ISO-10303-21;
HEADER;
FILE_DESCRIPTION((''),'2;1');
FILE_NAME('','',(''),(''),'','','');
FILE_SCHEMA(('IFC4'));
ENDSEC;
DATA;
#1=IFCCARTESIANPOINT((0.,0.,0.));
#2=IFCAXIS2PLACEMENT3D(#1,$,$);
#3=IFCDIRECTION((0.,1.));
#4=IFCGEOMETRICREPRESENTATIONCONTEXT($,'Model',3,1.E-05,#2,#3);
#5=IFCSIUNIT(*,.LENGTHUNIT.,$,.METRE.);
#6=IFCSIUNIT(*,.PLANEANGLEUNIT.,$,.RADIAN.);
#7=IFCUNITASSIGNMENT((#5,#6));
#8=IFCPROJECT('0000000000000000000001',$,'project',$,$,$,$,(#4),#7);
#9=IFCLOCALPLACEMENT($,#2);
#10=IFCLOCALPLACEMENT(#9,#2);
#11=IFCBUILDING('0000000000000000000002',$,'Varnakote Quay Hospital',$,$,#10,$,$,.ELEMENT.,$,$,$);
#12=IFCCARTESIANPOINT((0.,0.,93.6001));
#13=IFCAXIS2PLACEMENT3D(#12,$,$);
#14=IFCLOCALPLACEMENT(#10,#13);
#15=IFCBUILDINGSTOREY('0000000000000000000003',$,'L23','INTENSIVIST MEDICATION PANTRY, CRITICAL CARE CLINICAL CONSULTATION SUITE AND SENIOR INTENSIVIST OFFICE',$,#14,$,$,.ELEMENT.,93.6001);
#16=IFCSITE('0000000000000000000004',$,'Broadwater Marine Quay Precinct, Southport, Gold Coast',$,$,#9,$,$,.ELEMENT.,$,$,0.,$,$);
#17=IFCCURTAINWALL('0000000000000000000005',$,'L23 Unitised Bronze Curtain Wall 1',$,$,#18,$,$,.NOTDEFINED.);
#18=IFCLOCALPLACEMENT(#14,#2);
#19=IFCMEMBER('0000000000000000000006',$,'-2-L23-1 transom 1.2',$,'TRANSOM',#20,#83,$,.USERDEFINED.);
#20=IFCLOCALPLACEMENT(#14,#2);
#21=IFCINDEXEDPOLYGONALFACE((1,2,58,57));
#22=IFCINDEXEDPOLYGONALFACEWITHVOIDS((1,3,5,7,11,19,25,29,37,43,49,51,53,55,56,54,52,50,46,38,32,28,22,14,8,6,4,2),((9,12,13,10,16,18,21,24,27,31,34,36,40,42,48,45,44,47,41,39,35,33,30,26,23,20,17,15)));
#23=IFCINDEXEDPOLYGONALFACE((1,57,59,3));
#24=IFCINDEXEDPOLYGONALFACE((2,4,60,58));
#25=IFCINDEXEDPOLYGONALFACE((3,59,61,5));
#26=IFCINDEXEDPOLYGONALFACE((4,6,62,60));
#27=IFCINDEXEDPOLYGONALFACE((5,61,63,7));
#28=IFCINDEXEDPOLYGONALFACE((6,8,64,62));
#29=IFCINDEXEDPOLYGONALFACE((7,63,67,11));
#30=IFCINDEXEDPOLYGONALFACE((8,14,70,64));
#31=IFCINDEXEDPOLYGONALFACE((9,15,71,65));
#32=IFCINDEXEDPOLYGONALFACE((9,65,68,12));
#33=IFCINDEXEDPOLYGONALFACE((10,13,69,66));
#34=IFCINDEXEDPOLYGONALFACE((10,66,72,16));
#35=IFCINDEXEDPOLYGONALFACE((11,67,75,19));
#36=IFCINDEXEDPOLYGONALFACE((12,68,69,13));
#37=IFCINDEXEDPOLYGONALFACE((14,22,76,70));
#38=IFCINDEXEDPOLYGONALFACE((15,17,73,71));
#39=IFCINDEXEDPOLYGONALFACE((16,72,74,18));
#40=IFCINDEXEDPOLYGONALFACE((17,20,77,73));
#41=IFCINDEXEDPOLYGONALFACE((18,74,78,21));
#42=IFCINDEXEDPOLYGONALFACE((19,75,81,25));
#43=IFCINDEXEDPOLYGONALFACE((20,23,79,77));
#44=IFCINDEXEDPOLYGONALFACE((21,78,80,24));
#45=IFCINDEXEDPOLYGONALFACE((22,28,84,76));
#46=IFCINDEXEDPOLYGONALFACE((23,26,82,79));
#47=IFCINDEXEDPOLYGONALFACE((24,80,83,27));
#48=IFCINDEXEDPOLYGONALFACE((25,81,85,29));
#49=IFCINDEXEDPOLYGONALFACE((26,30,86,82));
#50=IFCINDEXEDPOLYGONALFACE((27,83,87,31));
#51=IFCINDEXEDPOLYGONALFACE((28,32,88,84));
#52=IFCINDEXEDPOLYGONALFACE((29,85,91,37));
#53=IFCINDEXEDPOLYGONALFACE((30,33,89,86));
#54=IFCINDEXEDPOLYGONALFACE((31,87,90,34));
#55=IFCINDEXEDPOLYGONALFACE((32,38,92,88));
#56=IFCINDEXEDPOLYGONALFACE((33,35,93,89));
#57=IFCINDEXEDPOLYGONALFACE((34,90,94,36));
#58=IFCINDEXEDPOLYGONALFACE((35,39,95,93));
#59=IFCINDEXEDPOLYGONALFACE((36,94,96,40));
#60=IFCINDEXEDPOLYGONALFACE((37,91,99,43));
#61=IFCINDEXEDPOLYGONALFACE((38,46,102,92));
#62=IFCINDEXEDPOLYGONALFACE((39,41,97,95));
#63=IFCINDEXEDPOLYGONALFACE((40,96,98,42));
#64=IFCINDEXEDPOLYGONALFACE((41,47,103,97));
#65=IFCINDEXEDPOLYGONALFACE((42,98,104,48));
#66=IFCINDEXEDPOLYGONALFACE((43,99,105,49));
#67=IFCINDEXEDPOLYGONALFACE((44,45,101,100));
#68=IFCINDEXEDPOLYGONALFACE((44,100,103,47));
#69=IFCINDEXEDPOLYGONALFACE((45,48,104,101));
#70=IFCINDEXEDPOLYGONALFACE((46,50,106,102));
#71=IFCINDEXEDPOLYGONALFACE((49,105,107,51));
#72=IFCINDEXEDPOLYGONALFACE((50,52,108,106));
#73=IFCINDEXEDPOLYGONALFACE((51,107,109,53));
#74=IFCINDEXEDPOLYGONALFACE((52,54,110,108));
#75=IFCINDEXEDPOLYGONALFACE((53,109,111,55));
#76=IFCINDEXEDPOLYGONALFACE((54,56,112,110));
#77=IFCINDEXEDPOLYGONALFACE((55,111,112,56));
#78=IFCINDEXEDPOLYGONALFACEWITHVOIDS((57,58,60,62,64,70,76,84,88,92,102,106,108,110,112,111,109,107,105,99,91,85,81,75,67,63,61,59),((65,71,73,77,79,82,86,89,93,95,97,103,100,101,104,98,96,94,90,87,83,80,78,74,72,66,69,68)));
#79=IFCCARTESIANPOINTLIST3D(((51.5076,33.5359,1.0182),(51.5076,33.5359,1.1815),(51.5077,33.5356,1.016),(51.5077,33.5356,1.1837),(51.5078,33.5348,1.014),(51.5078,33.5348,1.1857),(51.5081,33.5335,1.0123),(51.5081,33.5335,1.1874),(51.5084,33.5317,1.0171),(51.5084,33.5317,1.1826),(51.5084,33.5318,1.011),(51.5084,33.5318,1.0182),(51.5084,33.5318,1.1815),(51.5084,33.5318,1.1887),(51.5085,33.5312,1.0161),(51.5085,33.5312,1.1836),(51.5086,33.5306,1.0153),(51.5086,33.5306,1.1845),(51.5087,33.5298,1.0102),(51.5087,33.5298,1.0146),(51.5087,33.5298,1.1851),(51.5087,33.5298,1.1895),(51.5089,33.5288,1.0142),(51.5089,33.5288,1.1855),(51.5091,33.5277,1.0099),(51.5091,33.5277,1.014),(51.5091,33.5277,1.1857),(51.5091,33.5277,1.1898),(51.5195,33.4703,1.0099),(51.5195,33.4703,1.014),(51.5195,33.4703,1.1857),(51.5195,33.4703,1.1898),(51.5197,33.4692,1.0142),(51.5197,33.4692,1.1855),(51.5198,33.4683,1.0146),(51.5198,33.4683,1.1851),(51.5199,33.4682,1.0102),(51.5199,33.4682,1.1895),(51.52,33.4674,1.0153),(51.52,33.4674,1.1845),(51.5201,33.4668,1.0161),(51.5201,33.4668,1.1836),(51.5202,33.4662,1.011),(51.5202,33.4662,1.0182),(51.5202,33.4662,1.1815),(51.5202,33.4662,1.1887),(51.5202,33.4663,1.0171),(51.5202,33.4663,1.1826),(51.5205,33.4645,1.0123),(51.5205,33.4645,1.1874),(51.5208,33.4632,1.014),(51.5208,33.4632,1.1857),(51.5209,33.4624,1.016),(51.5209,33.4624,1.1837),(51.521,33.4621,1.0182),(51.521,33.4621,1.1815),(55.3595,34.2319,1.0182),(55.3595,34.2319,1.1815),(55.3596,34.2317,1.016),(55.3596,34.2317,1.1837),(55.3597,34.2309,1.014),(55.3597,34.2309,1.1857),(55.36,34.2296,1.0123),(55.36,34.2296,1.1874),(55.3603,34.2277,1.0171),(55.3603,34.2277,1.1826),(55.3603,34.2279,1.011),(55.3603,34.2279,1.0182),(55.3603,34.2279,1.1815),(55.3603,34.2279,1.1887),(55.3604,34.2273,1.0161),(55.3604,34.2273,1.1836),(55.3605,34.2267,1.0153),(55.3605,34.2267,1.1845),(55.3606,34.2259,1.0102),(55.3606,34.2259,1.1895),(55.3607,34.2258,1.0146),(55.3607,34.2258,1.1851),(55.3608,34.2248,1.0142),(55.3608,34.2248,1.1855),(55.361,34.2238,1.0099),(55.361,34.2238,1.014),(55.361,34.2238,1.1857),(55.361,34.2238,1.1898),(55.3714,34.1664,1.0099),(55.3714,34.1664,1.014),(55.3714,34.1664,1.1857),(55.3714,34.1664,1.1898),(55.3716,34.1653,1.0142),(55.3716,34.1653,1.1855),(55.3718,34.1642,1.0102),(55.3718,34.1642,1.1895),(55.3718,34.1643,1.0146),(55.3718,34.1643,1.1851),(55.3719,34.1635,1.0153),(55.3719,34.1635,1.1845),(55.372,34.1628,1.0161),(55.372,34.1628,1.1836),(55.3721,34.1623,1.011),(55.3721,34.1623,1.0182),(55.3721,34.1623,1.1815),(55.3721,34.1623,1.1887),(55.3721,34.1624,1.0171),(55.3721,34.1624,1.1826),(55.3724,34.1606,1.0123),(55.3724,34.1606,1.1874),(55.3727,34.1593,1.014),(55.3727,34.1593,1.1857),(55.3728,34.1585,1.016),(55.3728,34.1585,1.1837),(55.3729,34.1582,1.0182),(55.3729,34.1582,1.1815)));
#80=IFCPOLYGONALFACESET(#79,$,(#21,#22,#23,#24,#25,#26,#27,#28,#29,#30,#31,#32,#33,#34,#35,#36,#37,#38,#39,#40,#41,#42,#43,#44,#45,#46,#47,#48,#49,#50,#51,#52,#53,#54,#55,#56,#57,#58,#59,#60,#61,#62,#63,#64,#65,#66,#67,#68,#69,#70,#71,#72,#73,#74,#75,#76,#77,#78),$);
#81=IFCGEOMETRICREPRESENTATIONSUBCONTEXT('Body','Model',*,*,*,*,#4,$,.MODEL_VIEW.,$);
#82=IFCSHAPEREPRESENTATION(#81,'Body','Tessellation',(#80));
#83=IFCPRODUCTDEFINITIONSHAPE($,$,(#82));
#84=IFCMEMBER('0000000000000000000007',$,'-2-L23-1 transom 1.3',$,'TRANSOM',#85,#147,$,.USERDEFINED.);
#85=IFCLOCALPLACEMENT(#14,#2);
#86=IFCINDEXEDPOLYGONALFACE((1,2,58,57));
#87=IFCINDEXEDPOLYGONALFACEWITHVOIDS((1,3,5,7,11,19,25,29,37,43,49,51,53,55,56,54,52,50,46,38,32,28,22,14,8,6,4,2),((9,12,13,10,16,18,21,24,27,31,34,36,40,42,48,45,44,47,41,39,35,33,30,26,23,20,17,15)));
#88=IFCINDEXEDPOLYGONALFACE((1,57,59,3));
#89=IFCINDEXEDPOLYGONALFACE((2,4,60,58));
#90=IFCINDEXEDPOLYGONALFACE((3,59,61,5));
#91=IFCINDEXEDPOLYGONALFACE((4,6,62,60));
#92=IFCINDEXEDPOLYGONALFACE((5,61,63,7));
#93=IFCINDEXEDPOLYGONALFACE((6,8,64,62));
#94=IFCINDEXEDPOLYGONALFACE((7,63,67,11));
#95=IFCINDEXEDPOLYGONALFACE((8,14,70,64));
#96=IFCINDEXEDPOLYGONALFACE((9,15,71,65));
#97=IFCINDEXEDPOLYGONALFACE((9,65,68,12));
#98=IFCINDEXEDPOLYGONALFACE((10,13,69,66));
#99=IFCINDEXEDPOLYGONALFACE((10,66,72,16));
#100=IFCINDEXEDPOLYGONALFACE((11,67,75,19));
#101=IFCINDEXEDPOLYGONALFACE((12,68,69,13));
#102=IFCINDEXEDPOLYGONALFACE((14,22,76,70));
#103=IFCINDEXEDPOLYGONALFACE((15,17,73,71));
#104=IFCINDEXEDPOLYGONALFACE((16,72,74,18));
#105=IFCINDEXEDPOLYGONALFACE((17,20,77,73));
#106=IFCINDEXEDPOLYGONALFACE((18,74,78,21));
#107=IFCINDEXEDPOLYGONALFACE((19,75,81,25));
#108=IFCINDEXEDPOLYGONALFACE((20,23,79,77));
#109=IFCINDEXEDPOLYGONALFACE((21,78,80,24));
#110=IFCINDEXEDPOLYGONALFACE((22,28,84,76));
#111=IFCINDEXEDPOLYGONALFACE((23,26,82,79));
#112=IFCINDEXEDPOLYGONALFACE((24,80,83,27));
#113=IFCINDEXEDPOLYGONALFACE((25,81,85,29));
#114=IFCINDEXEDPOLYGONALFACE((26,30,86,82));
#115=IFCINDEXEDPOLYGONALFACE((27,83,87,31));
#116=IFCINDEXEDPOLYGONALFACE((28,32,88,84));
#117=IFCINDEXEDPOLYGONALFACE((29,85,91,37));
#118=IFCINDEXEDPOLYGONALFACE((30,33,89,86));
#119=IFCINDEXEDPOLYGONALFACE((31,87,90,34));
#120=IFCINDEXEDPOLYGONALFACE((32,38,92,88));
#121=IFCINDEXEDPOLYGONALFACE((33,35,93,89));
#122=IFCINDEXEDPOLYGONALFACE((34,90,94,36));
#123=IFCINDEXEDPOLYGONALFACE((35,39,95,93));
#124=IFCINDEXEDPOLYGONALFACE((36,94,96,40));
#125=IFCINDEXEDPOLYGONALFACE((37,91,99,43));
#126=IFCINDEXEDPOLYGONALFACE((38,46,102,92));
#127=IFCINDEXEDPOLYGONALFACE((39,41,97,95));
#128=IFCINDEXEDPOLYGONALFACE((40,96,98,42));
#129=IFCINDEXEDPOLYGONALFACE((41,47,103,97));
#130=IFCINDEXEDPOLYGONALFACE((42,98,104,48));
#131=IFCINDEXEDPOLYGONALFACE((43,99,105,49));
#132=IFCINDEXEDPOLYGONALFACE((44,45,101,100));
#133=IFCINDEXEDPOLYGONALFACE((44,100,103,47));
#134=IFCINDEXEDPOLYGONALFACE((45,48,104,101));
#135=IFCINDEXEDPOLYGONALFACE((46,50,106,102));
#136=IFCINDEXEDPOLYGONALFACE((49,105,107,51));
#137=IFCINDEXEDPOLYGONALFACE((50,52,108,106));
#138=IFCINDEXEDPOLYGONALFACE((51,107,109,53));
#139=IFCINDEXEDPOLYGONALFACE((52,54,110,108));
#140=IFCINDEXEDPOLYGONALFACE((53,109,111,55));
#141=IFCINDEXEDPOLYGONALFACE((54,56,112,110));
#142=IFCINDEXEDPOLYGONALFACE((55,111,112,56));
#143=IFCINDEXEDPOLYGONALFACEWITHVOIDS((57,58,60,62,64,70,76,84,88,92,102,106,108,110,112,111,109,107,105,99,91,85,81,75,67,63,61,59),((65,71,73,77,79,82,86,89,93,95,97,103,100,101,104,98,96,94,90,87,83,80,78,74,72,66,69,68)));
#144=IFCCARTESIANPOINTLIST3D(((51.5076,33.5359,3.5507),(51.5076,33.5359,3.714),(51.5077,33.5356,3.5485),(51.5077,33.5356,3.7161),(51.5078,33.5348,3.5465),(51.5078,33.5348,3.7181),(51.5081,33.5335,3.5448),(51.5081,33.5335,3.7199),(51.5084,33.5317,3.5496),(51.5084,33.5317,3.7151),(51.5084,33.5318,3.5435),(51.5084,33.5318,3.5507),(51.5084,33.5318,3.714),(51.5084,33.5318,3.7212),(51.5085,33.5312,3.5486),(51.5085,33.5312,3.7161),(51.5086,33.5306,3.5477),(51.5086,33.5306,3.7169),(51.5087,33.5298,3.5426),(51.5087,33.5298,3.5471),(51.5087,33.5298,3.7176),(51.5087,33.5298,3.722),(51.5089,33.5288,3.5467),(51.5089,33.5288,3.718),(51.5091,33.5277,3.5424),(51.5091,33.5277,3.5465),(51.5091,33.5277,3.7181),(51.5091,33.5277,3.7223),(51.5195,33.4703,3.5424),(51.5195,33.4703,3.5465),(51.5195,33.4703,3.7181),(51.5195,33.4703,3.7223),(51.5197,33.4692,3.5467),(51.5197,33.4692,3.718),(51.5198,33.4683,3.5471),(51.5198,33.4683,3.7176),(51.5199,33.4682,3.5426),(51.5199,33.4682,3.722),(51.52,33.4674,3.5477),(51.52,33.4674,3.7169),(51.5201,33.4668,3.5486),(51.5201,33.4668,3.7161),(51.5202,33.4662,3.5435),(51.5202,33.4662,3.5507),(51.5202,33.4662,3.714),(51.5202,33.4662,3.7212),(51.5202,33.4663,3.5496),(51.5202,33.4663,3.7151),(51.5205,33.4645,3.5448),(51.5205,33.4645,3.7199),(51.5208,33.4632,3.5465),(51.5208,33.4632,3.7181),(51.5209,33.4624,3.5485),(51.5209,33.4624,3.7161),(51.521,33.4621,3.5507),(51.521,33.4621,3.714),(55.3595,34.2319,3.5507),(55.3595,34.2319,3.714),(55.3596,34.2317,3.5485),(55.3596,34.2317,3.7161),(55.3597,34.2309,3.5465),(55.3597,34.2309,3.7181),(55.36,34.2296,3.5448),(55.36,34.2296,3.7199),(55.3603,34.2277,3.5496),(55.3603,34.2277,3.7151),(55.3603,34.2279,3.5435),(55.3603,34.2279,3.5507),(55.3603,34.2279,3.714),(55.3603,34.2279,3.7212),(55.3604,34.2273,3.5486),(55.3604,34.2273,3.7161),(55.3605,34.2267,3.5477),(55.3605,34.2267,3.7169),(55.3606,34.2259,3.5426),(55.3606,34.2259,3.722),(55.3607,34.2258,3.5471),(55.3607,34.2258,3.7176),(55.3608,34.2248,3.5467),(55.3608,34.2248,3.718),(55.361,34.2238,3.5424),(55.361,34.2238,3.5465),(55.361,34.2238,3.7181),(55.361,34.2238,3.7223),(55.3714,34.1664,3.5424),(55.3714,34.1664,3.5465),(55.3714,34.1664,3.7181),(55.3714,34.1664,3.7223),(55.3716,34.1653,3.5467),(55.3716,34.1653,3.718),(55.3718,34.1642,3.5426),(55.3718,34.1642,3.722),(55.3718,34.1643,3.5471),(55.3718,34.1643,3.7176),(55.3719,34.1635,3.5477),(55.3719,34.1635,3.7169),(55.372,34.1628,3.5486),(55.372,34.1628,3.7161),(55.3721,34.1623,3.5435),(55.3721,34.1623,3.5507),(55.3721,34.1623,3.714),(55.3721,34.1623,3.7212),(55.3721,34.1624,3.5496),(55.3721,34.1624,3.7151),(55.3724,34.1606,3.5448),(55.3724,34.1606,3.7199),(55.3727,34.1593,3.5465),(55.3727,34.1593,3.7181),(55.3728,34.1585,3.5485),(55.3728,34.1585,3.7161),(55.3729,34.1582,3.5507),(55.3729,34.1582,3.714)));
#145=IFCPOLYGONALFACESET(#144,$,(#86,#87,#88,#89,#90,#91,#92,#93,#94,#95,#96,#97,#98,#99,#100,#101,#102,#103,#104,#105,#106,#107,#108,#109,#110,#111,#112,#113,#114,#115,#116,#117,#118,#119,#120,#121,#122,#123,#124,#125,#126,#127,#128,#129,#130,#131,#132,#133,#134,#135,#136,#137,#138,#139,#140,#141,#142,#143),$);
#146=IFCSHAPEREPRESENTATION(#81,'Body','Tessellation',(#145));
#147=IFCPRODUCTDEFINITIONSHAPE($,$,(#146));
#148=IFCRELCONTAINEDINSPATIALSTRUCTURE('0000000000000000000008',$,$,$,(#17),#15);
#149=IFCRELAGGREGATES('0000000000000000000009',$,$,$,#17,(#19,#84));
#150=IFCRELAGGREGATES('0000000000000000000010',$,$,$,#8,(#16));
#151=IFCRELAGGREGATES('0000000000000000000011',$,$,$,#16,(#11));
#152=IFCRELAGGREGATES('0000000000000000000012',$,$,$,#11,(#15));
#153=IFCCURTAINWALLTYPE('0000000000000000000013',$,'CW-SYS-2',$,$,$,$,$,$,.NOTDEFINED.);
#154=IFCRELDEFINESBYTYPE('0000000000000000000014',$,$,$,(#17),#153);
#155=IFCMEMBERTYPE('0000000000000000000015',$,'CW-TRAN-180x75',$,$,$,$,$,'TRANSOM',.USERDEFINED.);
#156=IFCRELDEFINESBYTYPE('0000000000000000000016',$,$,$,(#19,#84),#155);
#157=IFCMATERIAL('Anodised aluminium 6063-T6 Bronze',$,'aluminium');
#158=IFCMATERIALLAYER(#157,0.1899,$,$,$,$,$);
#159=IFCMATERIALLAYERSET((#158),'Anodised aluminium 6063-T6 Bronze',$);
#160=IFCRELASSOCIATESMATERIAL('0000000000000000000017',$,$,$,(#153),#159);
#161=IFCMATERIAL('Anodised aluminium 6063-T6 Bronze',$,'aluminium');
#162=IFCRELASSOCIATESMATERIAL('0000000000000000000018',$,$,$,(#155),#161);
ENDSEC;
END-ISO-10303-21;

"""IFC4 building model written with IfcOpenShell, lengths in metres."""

from ifc_helpers import new_model, si_unit, direction, frame, origin, origin_2d, place, context, subcontext, project, spatial, hollow_rectangle, extrude, material, layer, layer_set, material_profile, profile_set, type_object, element, aggregate, save


model = new_model("IFC4")

# Units and contexts
model_context = context("Model", 3, precision=1e-05, world=origin(), true_north=direction((0.0, 1.0)))
body_context = subcontext(model_context, "Body", "Model", "MODEL_VIEW")
ifc_project = project(units=[si_unit("LENGTHUNIT", "METRE"), si_unit("PLANEANGLEUNIT", "RADIAN")], contexts=[model_context])

# Site, building, storey
site_placement = place(None, origin())
site = spatial("IfcSite", under=ifc_project, at=site_placement, Name="Broadwater Marine Quay Precinct, Southport, Gold Coast", CompositionType="ELEMENT", RefElevation=0.0)
building_placement = place(site_placement, origin())
building = spatial("IfcBuilding", under=site, at=building_placement, Name="Varnakote Quay Hospital", CompositionType="ELEMENT")
storey_placement = place(building_placement, frame((0.0, 0.0, 93.6001)))
storey = spatial("IfcBuildingStorey", under=building, at=storey_placement, Name="L23", Description="INTENSIVIST MEDICATION PANTRY, CRITICAL CARE CLINICAL CONSULTATION SUITE AND SENIOR INTENSIVIST OFFICE", CompositionType="ELEMENT", Elevation=93.6001)

# Curtain wall, members
ifc_material_1 = material(Name="Anodised aluminium 6063-T6 Bronze", Category="aluminium")
ifc_layer_1 = layer(ifc_material_1, 0.1899)
ifc_layer_set_1 = layer_set([ifc_layer_1], Name="Anodised aluminium 6063-T6 Bronze")
curtain_wall_type = type_object("IfcCurtainWallType", Name="CW-SYS-2", PredefinedType="NOTDEFINED", material=ifc_layer_set_1)
curtain_wall_placement = place(storey_placement, origin())
curtain_wall = element("IfcCurtainWall", 1, at=curtain_wall_placement, inside=storey, type_object=curtain_wall_type, Name="L23 Unitised Bronze Curtain Wall 1", PredefinedType="NOTDEFINED")
ifc_material_2 = material(Name="Anodised aluminium 6063-T6 Bronze", Category="aluminium")
ifc_material_profile_1 = material_profile(ifc_material_2, hollow_rectangle(XDim=0.075, YDim=0.1799, WallThickness=0.0042, InnerFilletRadius=0.0042, OuterFilletRadius=0.0083, at=origin_2d()), Name="CW-TRAN-180x75")
ifc_profile_set_1 = profile_set([ifc_material_profile_1], Name="Anodised aluminium 6063-T6 Bronze")
member_type_1 = type_object("IfcMemberType", Name="CW-TRAN-180x75", ElementType="TRANSOM", PredefinedType="USERDEFINED", material=ifc_profile_set_1)
member_1_placement = place(storey_placement, frame((55.3662, 34.1951, 1.0999), z_axis=(-0.984062, -0.177826, 0.0), x_axis=(0.177826, -0.984062, 0.0)))
member_1 = element("IfcMember", 2, at=member_1_placement, type_object=member_type_1, Name="-2-L23-1 transom 1.2", ObjectType="TRANSOM", PredefinedType="USERDEFINED", context=body_context, shape_type="SweptSolid", body=[
    extrude(hollow_rectangle(XDim=0.075, YDim=0.1799, WallThickness=0.0042, InnerFilletRadius=0.0042, OuterFilletRadius=0.0083, at=origin_2d()), origin(), (0.0, 0.0, 1.0), 3.9143),
])
member_2_placement = place(storey_placement, frame((55.3662, 34.1951, 3.6323), z_axis=(-0.984062, -0.177826, 0.0), x_axis=(0.177826, -0.984062, 0.0)))
member_2 = element("IfcMember", 3, at=member_2_placement, type_object=member_type_1, Name="-2-L23-1 transom 1.3", ObjectType="TRANSOM", PredefinedType="USERDEFINED", context=body_context, shape_type="SweptSolid", body=[
    extrude(hollow_rectangle(XDim=0.075, YDim=0.1799, WallThickness=0.0042, InnerFilletRadius=0.0042, OuterFilletRadius=0.0083, at=origin_2d()), origin(), (0.0, 0.0, 1.0), 3.9143),
])
aggregate(curtain_wall, [member_1, member_2])

save(model, "model.ifc")
